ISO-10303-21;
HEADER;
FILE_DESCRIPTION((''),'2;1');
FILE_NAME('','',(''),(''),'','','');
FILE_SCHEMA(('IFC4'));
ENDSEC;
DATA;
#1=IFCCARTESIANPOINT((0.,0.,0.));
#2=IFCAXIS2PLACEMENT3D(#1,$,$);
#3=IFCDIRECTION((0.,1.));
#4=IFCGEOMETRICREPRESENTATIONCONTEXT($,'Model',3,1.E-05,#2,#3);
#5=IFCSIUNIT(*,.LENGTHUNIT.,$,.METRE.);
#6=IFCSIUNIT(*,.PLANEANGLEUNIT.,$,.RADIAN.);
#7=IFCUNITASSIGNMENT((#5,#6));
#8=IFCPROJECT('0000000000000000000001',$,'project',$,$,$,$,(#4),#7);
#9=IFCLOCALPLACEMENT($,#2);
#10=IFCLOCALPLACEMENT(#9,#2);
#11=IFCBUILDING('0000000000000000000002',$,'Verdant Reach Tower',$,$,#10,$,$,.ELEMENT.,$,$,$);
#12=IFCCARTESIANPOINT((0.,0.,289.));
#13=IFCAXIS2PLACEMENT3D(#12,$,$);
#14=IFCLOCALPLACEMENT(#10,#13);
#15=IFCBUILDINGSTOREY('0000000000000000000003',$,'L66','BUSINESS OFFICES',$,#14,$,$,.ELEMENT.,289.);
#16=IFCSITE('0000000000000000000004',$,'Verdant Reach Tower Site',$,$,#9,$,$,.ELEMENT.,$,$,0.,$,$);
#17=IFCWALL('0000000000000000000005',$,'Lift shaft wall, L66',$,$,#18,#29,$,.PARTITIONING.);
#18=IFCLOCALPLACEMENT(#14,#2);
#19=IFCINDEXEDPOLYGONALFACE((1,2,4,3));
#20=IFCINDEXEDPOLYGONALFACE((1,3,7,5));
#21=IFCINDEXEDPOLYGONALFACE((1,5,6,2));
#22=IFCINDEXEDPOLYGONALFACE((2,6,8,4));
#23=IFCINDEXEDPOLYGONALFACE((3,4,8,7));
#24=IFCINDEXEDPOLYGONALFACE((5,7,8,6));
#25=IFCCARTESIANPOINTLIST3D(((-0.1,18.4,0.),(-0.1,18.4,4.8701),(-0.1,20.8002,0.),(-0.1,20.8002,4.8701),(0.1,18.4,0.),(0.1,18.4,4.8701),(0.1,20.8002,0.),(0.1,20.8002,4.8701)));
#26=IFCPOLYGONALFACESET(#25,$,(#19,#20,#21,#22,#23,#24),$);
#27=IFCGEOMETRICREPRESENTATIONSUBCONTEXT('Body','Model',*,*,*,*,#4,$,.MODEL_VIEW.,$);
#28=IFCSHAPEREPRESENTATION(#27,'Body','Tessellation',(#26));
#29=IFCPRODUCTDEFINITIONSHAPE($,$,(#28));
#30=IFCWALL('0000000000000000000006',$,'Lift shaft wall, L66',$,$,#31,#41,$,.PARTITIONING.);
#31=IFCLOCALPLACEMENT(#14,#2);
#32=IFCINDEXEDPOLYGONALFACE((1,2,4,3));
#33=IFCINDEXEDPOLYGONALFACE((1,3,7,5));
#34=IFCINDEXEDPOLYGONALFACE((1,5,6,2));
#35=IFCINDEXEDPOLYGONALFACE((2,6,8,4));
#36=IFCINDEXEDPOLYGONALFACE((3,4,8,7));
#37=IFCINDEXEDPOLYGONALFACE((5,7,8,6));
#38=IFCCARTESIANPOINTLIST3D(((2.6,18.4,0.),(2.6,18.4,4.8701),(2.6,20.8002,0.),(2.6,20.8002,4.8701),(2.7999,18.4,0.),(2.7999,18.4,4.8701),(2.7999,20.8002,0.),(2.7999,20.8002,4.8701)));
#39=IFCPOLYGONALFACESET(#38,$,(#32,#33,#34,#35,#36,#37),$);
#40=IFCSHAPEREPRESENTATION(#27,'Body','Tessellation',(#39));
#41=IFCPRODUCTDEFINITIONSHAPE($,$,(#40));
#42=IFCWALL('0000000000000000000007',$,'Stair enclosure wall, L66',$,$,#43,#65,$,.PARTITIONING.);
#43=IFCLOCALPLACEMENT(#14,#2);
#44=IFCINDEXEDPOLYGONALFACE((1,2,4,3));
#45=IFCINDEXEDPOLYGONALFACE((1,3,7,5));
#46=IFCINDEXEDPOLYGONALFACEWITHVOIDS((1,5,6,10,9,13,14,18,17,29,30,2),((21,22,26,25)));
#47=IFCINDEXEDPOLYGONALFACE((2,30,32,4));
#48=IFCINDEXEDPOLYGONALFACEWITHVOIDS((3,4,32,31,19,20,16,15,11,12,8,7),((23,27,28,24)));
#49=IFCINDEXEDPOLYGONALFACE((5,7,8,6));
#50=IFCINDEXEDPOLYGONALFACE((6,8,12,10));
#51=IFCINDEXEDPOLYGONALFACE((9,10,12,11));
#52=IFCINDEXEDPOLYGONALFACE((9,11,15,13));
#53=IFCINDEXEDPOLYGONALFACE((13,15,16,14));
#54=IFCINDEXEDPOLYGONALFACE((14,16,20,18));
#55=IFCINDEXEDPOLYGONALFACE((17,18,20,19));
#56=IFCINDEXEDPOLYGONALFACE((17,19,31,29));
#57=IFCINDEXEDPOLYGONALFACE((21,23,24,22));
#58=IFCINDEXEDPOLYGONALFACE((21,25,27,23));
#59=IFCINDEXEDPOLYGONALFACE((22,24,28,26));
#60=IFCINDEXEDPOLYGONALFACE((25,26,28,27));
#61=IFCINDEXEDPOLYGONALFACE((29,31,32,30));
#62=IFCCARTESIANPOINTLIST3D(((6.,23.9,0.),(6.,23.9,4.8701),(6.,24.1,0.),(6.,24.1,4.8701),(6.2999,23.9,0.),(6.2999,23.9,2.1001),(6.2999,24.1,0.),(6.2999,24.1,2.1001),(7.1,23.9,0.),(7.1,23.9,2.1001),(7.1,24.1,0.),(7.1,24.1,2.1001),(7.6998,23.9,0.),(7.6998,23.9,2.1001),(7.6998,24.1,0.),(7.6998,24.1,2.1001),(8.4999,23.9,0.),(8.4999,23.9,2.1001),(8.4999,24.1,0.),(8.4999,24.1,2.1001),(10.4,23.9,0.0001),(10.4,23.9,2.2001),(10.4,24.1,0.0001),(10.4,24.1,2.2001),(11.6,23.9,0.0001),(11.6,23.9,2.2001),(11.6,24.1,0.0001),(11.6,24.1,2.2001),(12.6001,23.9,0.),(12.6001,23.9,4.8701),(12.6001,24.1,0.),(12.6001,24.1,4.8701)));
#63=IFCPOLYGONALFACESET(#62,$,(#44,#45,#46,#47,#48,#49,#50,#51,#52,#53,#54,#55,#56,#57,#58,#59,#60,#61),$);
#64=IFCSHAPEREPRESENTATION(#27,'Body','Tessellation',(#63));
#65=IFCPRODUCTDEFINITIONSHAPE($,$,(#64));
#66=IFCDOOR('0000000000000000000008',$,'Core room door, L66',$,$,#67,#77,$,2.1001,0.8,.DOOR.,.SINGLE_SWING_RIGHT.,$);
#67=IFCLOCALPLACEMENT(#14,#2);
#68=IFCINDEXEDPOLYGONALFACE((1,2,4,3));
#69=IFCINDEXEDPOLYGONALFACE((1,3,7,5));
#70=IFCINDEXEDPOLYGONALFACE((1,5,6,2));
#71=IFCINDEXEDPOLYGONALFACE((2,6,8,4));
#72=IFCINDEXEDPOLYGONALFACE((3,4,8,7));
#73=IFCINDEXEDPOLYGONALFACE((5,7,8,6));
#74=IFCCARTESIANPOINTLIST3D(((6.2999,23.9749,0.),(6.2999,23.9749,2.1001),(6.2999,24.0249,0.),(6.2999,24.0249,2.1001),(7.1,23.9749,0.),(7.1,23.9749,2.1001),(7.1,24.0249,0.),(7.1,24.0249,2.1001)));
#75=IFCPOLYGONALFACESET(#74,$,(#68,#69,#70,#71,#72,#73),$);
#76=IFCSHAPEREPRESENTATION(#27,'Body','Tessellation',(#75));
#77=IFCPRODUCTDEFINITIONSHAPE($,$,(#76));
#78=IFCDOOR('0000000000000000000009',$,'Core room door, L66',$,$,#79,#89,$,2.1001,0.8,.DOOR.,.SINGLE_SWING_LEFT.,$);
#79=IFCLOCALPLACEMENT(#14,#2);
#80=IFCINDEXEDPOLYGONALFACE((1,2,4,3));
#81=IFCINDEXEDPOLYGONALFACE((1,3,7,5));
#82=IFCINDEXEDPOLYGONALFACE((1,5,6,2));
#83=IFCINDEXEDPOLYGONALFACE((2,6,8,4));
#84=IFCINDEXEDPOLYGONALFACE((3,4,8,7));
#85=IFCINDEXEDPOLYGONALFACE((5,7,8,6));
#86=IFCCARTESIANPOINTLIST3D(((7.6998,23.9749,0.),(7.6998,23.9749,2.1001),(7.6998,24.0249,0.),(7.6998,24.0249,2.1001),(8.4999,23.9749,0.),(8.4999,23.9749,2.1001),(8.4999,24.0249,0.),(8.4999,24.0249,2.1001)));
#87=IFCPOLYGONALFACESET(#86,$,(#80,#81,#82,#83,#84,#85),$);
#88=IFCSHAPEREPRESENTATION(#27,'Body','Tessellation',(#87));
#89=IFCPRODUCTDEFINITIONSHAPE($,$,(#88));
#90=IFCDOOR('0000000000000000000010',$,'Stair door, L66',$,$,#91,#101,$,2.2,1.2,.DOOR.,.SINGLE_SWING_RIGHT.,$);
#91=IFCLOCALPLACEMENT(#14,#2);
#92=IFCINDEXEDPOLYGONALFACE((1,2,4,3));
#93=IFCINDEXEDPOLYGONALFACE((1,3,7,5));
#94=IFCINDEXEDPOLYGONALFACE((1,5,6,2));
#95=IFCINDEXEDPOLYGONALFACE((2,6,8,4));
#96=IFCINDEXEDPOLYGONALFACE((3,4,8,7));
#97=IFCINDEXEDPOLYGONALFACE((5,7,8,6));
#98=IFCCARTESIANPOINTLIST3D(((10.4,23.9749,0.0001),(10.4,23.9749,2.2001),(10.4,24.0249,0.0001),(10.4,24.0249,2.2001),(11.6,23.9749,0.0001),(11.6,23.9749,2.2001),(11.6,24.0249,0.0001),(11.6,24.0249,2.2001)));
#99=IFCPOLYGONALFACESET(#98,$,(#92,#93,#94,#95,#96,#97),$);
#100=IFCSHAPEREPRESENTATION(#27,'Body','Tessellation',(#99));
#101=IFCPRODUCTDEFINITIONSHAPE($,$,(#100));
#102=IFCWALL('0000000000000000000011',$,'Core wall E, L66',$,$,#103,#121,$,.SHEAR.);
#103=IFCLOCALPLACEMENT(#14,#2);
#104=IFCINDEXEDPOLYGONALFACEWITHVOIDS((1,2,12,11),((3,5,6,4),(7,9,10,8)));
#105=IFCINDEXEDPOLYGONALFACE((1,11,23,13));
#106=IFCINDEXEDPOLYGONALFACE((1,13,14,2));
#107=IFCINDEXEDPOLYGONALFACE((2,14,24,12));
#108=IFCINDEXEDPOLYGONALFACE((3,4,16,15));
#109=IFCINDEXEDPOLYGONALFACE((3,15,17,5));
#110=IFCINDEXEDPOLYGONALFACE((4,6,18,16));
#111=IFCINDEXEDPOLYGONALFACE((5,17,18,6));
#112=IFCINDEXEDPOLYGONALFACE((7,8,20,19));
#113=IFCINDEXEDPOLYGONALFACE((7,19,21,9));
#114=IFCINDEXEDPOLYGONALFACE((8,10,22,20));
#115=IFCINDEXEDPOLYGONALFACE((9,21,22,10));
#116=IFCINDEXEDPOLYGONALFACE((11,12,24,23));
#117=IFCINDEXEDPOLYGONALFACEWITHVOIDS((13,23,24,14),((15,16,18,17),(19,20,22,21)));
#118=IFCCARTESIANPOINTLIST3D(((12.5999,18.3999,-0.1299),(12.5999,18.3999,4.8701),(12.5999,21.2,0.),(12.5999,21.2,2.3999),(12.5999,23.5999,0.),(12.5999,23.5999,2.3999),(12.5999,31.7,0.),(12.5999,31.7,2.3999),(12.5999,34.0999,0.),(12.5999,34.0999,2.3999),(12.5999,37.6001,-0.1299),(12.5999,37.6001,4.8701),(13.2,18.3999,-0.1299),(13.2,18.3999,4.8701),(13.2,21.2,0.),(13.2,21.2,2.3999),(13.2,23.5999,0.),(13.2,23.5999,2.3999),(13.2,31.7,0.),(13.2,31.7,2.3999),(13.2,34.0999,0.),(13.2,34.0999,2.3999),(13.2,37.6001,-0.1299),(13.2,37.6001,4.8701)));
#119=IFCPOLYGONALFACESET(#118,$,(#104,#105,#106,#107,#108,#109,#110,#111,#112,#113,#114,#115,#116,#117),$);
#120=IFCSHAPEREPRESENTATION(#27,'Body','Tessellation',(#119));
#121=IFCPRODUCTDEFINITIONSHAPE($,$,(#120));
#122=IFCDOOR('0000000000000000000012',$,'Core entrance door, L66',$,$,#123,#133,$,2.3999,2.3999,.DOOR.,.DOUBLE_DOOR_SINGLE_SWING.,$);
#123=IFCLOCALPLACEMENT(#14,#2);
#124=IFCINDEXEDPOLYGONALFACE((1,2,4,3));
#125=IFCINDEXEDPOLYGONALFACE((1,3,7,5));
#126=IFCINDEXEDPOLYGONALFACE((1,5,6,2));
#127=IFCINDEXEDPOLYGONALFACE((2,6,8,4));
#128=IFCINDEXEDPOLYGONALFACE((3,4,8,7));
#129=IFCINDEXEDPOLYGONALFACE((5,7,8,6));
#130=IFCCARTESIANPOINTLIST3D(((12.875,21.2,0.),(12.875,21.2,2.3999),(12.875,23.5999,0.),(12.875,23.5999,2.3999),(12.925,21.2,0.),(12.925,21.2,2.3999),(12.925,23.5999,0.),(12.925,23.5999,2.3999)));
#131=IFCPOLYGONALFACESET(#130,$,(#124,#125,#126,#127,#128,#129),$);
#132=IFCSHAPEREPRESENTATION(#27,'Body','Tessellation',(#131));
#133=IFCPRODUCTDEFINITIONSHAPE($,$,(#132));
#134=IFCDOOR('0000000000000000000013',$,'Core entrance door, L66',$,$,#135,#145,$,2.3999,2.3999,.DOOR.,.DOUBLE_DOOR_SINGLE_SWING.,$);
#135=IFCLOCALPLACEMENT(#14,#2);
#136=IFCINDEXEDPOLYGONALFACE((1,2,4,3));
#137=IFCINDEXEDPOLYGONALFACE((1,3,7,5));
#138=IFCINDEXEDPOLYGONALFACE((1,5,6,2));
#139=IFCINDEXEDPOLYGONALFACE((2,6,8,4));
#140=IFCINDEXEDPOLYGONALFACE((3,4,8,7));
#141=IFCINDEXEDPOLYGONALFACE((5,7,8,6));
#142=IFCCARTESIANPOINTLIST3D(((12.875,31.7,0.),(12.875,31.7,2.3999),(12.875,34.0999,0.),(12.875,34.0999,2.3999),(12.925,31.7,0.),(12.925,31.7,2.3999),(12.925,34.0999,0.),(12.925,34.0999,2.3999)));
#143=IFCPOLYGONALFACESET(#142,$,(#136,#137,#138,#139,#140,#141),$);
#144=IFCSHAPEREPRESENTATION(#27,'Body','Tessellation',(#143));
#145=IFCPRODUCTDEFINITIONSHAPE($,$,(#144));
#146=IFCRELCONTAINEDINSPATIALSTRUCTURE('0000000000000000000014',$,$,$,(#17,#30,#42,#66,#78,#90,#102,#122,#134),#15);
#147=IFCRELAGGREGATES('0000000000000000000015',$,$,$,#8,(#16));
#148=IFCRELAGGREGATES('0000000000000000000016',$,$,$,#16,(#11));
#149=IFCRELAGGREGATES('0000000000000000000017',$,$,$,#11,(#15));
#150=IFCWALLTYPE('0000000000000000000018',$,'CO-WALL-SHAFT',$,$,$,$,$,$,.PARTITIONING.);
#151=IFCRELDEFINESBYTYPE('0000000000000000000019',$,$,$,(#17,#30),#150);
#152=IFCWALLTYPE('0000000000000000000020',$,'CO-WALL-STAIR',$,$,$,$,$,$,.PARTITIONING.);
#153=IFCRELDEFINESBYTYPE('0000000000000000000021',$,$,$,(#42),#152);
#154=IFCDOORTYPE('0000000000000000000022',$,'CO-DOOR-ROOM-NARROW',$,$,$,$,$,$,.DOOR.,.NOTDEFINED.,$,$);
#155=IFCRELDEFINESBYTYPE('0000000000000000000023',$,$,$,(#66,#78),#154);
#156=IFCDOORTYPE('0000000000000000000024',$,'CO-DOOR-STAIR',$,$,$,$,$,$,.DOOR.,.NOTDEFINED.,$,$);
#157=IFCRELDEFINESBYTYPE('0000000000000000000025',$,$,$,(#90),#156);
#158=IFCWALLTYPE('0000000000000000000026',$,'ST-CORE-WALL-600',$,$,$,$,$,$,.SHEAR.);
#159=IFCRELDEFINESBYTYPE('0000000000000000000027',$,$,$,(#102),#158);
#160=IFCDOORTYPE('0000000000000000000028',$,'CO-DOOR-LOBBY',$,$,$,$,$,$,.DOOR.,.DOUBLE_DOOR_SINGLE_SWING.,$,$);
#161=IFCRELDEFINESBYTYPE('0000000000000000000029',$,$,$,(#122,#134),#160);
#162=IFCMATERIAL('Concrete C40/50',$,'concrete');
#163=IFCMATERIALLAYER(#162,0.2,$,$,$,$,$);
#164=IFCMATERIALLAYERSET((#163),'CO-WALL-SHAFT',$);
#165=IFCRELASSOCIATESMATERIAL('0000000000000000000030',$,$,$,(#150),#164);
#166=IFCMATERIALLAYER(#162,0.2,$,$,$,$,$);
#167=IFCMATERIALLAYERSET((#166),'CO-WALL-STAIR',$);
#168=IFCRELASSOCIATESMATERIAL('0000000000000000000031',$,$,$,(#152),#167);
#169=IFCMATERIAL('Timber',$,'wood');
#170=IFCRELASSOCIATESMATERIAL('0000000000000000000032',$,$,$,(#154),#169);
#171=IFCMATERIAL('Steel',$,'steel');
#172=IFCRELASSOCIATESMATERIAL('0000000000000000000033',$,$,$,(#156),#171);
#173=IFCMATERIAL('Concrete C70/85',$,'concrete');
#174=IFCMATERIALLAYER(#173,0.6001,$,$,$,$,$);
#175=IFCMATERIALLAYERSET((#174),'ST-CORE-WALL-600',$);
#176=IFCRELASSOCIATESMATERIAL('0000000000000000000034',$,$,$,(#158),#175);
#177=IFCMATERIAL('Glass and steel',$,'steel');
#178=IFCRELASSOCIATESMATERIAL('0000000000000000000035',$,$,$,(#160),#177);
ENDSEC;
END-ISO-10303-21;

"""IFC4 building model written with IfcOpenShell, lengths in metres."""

from ifc_helpers import new_model, si_unit, direction, frame, frame_2d, origin, place, context, subcontext, project, spatial, rectangle, extrude, material, layer, layer_set, type_object, element, fill, save


model = new_model("IFC4")

# Units and contexts
model_context = context("Model", 3, precision=1e-05, world=origin(), true_north=direction((0.0, 1.0)))
body_context = subcontext(model_context, "Body", "Model", "MODEL_VIEW")
ifc_project = project(units=[si_unit("LENGTHUNIT", "METRE"), si_unit("PLANEANGLEUNIT", "RADIAN")], contexts=[model_context])

# Site, building, storey
site_placement = place(None, origin())
site = spatial("IfcSite", under=ifc_project, at=site_placement, Name="Verdant Reach Tower Site", CompositionType="ELEMENT", RefElevation=0.0)
building_placement = place(site_placement, origin())
building = spatial("IfcBuilding", under=site, at=building_placement, Name="Verdant Reach Tower", CompositionType="ELEMENT")
storey_placement = place(building_placement, frame((0.0, 0.0, 289.0)))
storey = spatial("IfcBuildingStorey", under=building, at=storey_placement, Name="L66", Description="BUSINESS OFFICES", CompositionType="ELEMENT", Elevation=289.0)

# Shared definitions
ifc_material_1 = material(Name="Timber", Category="wood")

# Walls
ifc_material_2 = material(Name="Concrete C40/50", Category="concrete")
ifc_layer_1 = layer(ifc_material_2, 0.2)
ifc_layer_set_1 = layer_set([ifc_layer_1], Name="CO-WALL-SHAFT")
wall_type_1 = type_object("IfcWallType", Name="CO-WALL-SHAFT", PredefinedType="PARTITIONING", material=ifc_layer_set_1)
for number, where, z_axis, x_axis, name in (
    (1, (0.0, 18.3999, 0.0), (0.0, 0.0, 1.0), (0.0, 1.0, 0.0), "Lift shaft wall, L66"),
    (2, (2.7, 18.3999, 0.0), (0.0, 0.0, 1.0), (0.0, 1.0, 0.0), "Lift shaft wall, L66"),
):
    element("IfcWall", number, at=place(storey_placement, frame(where, z_axis=z_axis, x_axis=x_axis)), inside=storey, type_object=wall_type_1, Name=name, PredefinedType="PARTITIONING", context=body_context, shape_type="SweptSolid", body=[
        extrude(rectangle(XDim=2.4001, YDim=0.2, at=frame_2d((1.2002, 0.0))), origin(), (0.0, 0.0, 1.0), 4.8701),
    ])

# Walls, openings, doors
ifc_layer_2 = layer(ifc_material_2, 0.2)
ifc_layer_set_2 = layer_set([ifc_layer_2], Name="CO-WALL-STAIR")
wall_type_2 = type_object("IfcWallType", Name="CO-WALL-STAIR", PredefinedType="PARTITIONING", material=ifc_layer_set_2)
wall_1_placement = place(storey_placement, frame((6.0, 24.0, 0.0), z_axis=(0.0, 0.0, 1.0), x_axis=(1.0, 0.0, 0.0)))
wall_1 = element("IfcWall", 3, at=wall_1_placement, inside=storey, type_object=wall_type_2, Name="Stair enclosure wall, L66", PredefinedType="PARTITIONING", context=body_context, shape_type="SweptSolid", body=[
    extrude(rectangle(XDim=6.6001, YDim=0.2, at=frame_2d((3.3, 0.0))), origin(), (0.0, 0.0, 1.0), 4.8701),
])
opening_1_placement = place(wall_1_placement, frame((0.3, 0.0, 0.0)))
opening_1 = element("IfcOpeningElement", 4, at=opening_1_placement, cuts=wall_1, PredefinedType="OPENING", context=body_context, shape_type="SweptSolid", body=[
    extrude(rectangle(XDim=0.8, YDim=2.1001, at=frame_2d((0.3999, 1.05))), frame((0.0, 0.1099, 0.0), z_axis=(0.0, -1.0, 0.0), x_axis=(1.0, 0.0, 0.0)), (0.0, 0.0, 1.0), 0.22),
])
opening_2_placement = place(wall_1_placement, frame((1.7, 0.0, 0.0)))
opening_2 = element("IfcOpeningElement", 5, at=opening_2_placement, cuts=wall_1, PredefinedType="OPENING", context=body_context, shape_type="SweptSolid", body=[
    extrude(rectangle(XDim=0.8, YDim=2.1001, at=frame_2d((0.3999, 1.05))), frame((0.0, 0.1099, 0.0), z_axis=(0.0, -1.0, 0.0), x_axis=(1.0, 0.0, 0.0)), (0.0, 0.0, 1.0), 0.22),
])
opening_3_placement = place(wall_1_placement, frame((4.3999, 0.0, 0.0)))
opening_3 = element("IfcOpeningElement", 6, at=opening_3_placement, cuts=wall_1, PredefinedType="OPENING", context=body_context, shape_type="SweptSolid", body=[
    extrude(rectangle(XDim=1.2, YDim=2.2, at=frame_2d((0.6001, 1.1001))), frame((0.0, 0.1099, 0.0), z_axis=(0.0, -1.0, 0.0), x_axis=(1.0, 0.0, 0.0)), (0.0, 0.0, 1.0), 0.22),
])
door_type_1 = type_object("IfcDoorType", Name="CO-DOOR-ROOM-NARROW", OperationType="NOTDEFINED", PredefinedType="DOOR", material=ifc_material_1)
door_1_placement = place(opening_1_placement, origin())
door_1 = element("IfcDoor", 7, at=door_1_placement, inside=storey, type_object=door_type_1, Name="Core room door, L66", OperationType="SINGLE_SWING_RIGHT", OverallHeight=2.1001, OverallWidth=0.8, PredefinedType="DOOR", context=body_context, shape_type="SweptSolid", body=[
    extrude(rectangle(XDim=0.8, YDim=2.1001, at=frame_2d((0.3999, 1.05))), frame((0.0, 0.0249, 0.0), z_axis=(0.0, -1.0, 0.0), x_axis=(1.0, 0.0, 0.0)), (0.0, 0.0, 1.0), 0.05),
])
fill(opening_1, door_1)
door_2_placement = place(opening_2_placement, origin())
door_2 = element("IfcDoor", 8, at=door_2_placement, inside=storey, type_object=door_type_1, Name="Core room door, L66", OperationType="SINGLE_SWING_LEFT", OverallHeight=2.1001, OverallWidth=0.8, PredefinedType="DOOR", context=body_context, shape_type="SweptSolid", body=[
    extrude(rectangle(XDim=0.8, YDim=2.1001, at=frame_2d((0.3999, 1.05))), frame((0.0, 0.0249, 0.0), z_axis=(0.0, -1.0, 0.0), x_axis=(1.0, 0.0, 0.0)), (0.0, 0.0, 1.0), 0.05),
])
fill(opening_2, door_2)
ifc_material_3 = material(Name="Steel", Category="steel")
door_type_2 = type_object("IfcDoorType", Name="CO-DOOR-STAIR", OperationType="NOTDEFINED", PredefinedType="DOOR", material=ifc_material_3)
door_3_placement = place(opening_3_placement, origin())
door_3 = element("IfcDoor", 9, at=door_3_placement, inside=storey, type_object=door_type_2, Name="Stair door, L66", OperationType="SINGLE_SWING_RIGHT", OverallHeight=2.2, OverallWidth=1.2, PredefinedType="DOOR", context=body_context, shape_type="SweptSolid", body=[
    extrude(rectangle(XDim=1.2, YDim=2.2, at=frame_2d((0.6001, 1.1001))), frame((0.0, 0.0249, 0.0), z_axis=(0.0, -1.0, 0.0), x_axis=(1.0, 0.0, 0.0)), (0.0, 0.0, 1.0), 0.05),
])
fill(opening_3, door_3)
ifc_material_4 = material(Name="Concrete C70/85", Category="concrete")
ifc_layer_3 = layer(ifc_material_4, 0.6001)
ifc_layer_set_3 = layer_set([ifc_layer_3], Name="ST-CORE-WALL-600")
wall_type_3 = type_object("IfcWallType", Name="ST-CORE-WALL-600", PredefinedType="SHEAR", material=ifc_layer_set_3)
wall_2_placement = place(storey_placement, frame((12.8999, 18.3999, -0.1299), z_axis=(0.0, 0.0, 1.0), x_axis=(0.0, 1.0, 0.0)))
wall_2 = element("IfcWall", 10, at=wall_2_placement, inside=storey, type_object=wall_type_3, Name="Core wall E, L66", PredefinedType="SHEAR", context=body_context, shape_type="SweptSolid", body=[
    extrude(rectangle(XDim=19.2002, YDim=0.6001, at=frame_2d((9.6001, 0.0))), origin(), (0.0, 0.0, 1.0), 5.0),
])
opening_4_placement = place(wall_2_placement, frame((2.8, 0.0, 0.1299)))
opening_4 = element("IfcOpeningElement", 11, at=opening_4_placement, cuts=wall_2, PredefinedType="OPENING", context=body_context, shape_type="SweptSolid", body=[
    extrude(rectangle(XDim=2.3999, YDim=2.3999, at=frame_2d((1.2, 1.2))), frame((0.0, 0.3101, 0.0), z_axis=(0.0, -1.0, 0.0), x_axis=(1.0, 0.0, 0.0)), (0.0, 0.0, 1.0), 0.6201),
])
opening_5_placement = place(wall_2_placement, frame((13.3, 0.0, 0.1299)))
opening_5 = element("IfcOpeningElement", 12, at=opening_5_placement, cuts=wall_2, PredefinedType="OPENING", context=body_context, shape_type="SweptSolid", body=[
    extrude(rectangle(XDim=2.3999, YDim=2.3999, at=frame_2d((1.2, 1.2))), frame((0.0, 0.3101, 0.0), z_axis=(0.0, -1.0, 0.0), x_axis=(1.0, 0.0, 0.0)), (0.0, 0.0, 1.0), 0.6201),
])
ifc_material_5 = material(Name="Glass and steel", Category="steel")
door_type_3 = type_object("IfcDoorType", Name="CO-DOOR-LOBBY", OperationType="DOUBLE_DOOR_SINGLE_SWING", PredefinedType="DOOR", material=ifc_material_5)
door_4_placement = place(opening_4_placement, origin())
door_4 = element("IfcDoor", 13, at=door_4_placement, inside=storey, type_object=door_type_3, Name="Core entrance door, L66", OperationType="DOUBLE_DOOR_SINGLE_SWING", OverallHeight=2.3999, OverallWidth=2.3999, PredefinedType="DOOR", context=body_context, shape_type="SweptSolid", body=[
    extrude(rectangle(XDim=2.3999, YDim=2.3999, at=frame_2d((1.2, 1.2))), frame((0.0, 0.0249, 0.0), z_axis=(0.0, -1.0, 0.0), x_axis=(1.0, 0.0, 0.0)), (0.0, 0.0, 1.0), 0.05),
])
fill(opening_4, door_4)
door_5_placement = place(opening_5_placement, origin())
door_5 = element("IfcDoor", 14, at=door_5_placement, inside=storey, type_object=door_type_3, Name="Core entrance door, L66", OperationType="DOUBLE_DOOR_SINGLE_SWING", OverallHeight=2.3999, OverallWidth=2.3999, PredefinedType="DOOR", context=body_context, shape_type="SweptSolid", body=[
    extrude(rectangle(XDim=2.3999, YDim=2.3999, at=frame_2d((1.2, 1.2))), frame((0.0, 0.0249, 0.0), z_axis=(0.0, -1.0, 0.0), x_axis=(1.0, 0.0, 0.0)), (0.0, 0.0, 1.0), 0.05),
])
fill(opening_5, door_5)

save(model, "model.ifc")
